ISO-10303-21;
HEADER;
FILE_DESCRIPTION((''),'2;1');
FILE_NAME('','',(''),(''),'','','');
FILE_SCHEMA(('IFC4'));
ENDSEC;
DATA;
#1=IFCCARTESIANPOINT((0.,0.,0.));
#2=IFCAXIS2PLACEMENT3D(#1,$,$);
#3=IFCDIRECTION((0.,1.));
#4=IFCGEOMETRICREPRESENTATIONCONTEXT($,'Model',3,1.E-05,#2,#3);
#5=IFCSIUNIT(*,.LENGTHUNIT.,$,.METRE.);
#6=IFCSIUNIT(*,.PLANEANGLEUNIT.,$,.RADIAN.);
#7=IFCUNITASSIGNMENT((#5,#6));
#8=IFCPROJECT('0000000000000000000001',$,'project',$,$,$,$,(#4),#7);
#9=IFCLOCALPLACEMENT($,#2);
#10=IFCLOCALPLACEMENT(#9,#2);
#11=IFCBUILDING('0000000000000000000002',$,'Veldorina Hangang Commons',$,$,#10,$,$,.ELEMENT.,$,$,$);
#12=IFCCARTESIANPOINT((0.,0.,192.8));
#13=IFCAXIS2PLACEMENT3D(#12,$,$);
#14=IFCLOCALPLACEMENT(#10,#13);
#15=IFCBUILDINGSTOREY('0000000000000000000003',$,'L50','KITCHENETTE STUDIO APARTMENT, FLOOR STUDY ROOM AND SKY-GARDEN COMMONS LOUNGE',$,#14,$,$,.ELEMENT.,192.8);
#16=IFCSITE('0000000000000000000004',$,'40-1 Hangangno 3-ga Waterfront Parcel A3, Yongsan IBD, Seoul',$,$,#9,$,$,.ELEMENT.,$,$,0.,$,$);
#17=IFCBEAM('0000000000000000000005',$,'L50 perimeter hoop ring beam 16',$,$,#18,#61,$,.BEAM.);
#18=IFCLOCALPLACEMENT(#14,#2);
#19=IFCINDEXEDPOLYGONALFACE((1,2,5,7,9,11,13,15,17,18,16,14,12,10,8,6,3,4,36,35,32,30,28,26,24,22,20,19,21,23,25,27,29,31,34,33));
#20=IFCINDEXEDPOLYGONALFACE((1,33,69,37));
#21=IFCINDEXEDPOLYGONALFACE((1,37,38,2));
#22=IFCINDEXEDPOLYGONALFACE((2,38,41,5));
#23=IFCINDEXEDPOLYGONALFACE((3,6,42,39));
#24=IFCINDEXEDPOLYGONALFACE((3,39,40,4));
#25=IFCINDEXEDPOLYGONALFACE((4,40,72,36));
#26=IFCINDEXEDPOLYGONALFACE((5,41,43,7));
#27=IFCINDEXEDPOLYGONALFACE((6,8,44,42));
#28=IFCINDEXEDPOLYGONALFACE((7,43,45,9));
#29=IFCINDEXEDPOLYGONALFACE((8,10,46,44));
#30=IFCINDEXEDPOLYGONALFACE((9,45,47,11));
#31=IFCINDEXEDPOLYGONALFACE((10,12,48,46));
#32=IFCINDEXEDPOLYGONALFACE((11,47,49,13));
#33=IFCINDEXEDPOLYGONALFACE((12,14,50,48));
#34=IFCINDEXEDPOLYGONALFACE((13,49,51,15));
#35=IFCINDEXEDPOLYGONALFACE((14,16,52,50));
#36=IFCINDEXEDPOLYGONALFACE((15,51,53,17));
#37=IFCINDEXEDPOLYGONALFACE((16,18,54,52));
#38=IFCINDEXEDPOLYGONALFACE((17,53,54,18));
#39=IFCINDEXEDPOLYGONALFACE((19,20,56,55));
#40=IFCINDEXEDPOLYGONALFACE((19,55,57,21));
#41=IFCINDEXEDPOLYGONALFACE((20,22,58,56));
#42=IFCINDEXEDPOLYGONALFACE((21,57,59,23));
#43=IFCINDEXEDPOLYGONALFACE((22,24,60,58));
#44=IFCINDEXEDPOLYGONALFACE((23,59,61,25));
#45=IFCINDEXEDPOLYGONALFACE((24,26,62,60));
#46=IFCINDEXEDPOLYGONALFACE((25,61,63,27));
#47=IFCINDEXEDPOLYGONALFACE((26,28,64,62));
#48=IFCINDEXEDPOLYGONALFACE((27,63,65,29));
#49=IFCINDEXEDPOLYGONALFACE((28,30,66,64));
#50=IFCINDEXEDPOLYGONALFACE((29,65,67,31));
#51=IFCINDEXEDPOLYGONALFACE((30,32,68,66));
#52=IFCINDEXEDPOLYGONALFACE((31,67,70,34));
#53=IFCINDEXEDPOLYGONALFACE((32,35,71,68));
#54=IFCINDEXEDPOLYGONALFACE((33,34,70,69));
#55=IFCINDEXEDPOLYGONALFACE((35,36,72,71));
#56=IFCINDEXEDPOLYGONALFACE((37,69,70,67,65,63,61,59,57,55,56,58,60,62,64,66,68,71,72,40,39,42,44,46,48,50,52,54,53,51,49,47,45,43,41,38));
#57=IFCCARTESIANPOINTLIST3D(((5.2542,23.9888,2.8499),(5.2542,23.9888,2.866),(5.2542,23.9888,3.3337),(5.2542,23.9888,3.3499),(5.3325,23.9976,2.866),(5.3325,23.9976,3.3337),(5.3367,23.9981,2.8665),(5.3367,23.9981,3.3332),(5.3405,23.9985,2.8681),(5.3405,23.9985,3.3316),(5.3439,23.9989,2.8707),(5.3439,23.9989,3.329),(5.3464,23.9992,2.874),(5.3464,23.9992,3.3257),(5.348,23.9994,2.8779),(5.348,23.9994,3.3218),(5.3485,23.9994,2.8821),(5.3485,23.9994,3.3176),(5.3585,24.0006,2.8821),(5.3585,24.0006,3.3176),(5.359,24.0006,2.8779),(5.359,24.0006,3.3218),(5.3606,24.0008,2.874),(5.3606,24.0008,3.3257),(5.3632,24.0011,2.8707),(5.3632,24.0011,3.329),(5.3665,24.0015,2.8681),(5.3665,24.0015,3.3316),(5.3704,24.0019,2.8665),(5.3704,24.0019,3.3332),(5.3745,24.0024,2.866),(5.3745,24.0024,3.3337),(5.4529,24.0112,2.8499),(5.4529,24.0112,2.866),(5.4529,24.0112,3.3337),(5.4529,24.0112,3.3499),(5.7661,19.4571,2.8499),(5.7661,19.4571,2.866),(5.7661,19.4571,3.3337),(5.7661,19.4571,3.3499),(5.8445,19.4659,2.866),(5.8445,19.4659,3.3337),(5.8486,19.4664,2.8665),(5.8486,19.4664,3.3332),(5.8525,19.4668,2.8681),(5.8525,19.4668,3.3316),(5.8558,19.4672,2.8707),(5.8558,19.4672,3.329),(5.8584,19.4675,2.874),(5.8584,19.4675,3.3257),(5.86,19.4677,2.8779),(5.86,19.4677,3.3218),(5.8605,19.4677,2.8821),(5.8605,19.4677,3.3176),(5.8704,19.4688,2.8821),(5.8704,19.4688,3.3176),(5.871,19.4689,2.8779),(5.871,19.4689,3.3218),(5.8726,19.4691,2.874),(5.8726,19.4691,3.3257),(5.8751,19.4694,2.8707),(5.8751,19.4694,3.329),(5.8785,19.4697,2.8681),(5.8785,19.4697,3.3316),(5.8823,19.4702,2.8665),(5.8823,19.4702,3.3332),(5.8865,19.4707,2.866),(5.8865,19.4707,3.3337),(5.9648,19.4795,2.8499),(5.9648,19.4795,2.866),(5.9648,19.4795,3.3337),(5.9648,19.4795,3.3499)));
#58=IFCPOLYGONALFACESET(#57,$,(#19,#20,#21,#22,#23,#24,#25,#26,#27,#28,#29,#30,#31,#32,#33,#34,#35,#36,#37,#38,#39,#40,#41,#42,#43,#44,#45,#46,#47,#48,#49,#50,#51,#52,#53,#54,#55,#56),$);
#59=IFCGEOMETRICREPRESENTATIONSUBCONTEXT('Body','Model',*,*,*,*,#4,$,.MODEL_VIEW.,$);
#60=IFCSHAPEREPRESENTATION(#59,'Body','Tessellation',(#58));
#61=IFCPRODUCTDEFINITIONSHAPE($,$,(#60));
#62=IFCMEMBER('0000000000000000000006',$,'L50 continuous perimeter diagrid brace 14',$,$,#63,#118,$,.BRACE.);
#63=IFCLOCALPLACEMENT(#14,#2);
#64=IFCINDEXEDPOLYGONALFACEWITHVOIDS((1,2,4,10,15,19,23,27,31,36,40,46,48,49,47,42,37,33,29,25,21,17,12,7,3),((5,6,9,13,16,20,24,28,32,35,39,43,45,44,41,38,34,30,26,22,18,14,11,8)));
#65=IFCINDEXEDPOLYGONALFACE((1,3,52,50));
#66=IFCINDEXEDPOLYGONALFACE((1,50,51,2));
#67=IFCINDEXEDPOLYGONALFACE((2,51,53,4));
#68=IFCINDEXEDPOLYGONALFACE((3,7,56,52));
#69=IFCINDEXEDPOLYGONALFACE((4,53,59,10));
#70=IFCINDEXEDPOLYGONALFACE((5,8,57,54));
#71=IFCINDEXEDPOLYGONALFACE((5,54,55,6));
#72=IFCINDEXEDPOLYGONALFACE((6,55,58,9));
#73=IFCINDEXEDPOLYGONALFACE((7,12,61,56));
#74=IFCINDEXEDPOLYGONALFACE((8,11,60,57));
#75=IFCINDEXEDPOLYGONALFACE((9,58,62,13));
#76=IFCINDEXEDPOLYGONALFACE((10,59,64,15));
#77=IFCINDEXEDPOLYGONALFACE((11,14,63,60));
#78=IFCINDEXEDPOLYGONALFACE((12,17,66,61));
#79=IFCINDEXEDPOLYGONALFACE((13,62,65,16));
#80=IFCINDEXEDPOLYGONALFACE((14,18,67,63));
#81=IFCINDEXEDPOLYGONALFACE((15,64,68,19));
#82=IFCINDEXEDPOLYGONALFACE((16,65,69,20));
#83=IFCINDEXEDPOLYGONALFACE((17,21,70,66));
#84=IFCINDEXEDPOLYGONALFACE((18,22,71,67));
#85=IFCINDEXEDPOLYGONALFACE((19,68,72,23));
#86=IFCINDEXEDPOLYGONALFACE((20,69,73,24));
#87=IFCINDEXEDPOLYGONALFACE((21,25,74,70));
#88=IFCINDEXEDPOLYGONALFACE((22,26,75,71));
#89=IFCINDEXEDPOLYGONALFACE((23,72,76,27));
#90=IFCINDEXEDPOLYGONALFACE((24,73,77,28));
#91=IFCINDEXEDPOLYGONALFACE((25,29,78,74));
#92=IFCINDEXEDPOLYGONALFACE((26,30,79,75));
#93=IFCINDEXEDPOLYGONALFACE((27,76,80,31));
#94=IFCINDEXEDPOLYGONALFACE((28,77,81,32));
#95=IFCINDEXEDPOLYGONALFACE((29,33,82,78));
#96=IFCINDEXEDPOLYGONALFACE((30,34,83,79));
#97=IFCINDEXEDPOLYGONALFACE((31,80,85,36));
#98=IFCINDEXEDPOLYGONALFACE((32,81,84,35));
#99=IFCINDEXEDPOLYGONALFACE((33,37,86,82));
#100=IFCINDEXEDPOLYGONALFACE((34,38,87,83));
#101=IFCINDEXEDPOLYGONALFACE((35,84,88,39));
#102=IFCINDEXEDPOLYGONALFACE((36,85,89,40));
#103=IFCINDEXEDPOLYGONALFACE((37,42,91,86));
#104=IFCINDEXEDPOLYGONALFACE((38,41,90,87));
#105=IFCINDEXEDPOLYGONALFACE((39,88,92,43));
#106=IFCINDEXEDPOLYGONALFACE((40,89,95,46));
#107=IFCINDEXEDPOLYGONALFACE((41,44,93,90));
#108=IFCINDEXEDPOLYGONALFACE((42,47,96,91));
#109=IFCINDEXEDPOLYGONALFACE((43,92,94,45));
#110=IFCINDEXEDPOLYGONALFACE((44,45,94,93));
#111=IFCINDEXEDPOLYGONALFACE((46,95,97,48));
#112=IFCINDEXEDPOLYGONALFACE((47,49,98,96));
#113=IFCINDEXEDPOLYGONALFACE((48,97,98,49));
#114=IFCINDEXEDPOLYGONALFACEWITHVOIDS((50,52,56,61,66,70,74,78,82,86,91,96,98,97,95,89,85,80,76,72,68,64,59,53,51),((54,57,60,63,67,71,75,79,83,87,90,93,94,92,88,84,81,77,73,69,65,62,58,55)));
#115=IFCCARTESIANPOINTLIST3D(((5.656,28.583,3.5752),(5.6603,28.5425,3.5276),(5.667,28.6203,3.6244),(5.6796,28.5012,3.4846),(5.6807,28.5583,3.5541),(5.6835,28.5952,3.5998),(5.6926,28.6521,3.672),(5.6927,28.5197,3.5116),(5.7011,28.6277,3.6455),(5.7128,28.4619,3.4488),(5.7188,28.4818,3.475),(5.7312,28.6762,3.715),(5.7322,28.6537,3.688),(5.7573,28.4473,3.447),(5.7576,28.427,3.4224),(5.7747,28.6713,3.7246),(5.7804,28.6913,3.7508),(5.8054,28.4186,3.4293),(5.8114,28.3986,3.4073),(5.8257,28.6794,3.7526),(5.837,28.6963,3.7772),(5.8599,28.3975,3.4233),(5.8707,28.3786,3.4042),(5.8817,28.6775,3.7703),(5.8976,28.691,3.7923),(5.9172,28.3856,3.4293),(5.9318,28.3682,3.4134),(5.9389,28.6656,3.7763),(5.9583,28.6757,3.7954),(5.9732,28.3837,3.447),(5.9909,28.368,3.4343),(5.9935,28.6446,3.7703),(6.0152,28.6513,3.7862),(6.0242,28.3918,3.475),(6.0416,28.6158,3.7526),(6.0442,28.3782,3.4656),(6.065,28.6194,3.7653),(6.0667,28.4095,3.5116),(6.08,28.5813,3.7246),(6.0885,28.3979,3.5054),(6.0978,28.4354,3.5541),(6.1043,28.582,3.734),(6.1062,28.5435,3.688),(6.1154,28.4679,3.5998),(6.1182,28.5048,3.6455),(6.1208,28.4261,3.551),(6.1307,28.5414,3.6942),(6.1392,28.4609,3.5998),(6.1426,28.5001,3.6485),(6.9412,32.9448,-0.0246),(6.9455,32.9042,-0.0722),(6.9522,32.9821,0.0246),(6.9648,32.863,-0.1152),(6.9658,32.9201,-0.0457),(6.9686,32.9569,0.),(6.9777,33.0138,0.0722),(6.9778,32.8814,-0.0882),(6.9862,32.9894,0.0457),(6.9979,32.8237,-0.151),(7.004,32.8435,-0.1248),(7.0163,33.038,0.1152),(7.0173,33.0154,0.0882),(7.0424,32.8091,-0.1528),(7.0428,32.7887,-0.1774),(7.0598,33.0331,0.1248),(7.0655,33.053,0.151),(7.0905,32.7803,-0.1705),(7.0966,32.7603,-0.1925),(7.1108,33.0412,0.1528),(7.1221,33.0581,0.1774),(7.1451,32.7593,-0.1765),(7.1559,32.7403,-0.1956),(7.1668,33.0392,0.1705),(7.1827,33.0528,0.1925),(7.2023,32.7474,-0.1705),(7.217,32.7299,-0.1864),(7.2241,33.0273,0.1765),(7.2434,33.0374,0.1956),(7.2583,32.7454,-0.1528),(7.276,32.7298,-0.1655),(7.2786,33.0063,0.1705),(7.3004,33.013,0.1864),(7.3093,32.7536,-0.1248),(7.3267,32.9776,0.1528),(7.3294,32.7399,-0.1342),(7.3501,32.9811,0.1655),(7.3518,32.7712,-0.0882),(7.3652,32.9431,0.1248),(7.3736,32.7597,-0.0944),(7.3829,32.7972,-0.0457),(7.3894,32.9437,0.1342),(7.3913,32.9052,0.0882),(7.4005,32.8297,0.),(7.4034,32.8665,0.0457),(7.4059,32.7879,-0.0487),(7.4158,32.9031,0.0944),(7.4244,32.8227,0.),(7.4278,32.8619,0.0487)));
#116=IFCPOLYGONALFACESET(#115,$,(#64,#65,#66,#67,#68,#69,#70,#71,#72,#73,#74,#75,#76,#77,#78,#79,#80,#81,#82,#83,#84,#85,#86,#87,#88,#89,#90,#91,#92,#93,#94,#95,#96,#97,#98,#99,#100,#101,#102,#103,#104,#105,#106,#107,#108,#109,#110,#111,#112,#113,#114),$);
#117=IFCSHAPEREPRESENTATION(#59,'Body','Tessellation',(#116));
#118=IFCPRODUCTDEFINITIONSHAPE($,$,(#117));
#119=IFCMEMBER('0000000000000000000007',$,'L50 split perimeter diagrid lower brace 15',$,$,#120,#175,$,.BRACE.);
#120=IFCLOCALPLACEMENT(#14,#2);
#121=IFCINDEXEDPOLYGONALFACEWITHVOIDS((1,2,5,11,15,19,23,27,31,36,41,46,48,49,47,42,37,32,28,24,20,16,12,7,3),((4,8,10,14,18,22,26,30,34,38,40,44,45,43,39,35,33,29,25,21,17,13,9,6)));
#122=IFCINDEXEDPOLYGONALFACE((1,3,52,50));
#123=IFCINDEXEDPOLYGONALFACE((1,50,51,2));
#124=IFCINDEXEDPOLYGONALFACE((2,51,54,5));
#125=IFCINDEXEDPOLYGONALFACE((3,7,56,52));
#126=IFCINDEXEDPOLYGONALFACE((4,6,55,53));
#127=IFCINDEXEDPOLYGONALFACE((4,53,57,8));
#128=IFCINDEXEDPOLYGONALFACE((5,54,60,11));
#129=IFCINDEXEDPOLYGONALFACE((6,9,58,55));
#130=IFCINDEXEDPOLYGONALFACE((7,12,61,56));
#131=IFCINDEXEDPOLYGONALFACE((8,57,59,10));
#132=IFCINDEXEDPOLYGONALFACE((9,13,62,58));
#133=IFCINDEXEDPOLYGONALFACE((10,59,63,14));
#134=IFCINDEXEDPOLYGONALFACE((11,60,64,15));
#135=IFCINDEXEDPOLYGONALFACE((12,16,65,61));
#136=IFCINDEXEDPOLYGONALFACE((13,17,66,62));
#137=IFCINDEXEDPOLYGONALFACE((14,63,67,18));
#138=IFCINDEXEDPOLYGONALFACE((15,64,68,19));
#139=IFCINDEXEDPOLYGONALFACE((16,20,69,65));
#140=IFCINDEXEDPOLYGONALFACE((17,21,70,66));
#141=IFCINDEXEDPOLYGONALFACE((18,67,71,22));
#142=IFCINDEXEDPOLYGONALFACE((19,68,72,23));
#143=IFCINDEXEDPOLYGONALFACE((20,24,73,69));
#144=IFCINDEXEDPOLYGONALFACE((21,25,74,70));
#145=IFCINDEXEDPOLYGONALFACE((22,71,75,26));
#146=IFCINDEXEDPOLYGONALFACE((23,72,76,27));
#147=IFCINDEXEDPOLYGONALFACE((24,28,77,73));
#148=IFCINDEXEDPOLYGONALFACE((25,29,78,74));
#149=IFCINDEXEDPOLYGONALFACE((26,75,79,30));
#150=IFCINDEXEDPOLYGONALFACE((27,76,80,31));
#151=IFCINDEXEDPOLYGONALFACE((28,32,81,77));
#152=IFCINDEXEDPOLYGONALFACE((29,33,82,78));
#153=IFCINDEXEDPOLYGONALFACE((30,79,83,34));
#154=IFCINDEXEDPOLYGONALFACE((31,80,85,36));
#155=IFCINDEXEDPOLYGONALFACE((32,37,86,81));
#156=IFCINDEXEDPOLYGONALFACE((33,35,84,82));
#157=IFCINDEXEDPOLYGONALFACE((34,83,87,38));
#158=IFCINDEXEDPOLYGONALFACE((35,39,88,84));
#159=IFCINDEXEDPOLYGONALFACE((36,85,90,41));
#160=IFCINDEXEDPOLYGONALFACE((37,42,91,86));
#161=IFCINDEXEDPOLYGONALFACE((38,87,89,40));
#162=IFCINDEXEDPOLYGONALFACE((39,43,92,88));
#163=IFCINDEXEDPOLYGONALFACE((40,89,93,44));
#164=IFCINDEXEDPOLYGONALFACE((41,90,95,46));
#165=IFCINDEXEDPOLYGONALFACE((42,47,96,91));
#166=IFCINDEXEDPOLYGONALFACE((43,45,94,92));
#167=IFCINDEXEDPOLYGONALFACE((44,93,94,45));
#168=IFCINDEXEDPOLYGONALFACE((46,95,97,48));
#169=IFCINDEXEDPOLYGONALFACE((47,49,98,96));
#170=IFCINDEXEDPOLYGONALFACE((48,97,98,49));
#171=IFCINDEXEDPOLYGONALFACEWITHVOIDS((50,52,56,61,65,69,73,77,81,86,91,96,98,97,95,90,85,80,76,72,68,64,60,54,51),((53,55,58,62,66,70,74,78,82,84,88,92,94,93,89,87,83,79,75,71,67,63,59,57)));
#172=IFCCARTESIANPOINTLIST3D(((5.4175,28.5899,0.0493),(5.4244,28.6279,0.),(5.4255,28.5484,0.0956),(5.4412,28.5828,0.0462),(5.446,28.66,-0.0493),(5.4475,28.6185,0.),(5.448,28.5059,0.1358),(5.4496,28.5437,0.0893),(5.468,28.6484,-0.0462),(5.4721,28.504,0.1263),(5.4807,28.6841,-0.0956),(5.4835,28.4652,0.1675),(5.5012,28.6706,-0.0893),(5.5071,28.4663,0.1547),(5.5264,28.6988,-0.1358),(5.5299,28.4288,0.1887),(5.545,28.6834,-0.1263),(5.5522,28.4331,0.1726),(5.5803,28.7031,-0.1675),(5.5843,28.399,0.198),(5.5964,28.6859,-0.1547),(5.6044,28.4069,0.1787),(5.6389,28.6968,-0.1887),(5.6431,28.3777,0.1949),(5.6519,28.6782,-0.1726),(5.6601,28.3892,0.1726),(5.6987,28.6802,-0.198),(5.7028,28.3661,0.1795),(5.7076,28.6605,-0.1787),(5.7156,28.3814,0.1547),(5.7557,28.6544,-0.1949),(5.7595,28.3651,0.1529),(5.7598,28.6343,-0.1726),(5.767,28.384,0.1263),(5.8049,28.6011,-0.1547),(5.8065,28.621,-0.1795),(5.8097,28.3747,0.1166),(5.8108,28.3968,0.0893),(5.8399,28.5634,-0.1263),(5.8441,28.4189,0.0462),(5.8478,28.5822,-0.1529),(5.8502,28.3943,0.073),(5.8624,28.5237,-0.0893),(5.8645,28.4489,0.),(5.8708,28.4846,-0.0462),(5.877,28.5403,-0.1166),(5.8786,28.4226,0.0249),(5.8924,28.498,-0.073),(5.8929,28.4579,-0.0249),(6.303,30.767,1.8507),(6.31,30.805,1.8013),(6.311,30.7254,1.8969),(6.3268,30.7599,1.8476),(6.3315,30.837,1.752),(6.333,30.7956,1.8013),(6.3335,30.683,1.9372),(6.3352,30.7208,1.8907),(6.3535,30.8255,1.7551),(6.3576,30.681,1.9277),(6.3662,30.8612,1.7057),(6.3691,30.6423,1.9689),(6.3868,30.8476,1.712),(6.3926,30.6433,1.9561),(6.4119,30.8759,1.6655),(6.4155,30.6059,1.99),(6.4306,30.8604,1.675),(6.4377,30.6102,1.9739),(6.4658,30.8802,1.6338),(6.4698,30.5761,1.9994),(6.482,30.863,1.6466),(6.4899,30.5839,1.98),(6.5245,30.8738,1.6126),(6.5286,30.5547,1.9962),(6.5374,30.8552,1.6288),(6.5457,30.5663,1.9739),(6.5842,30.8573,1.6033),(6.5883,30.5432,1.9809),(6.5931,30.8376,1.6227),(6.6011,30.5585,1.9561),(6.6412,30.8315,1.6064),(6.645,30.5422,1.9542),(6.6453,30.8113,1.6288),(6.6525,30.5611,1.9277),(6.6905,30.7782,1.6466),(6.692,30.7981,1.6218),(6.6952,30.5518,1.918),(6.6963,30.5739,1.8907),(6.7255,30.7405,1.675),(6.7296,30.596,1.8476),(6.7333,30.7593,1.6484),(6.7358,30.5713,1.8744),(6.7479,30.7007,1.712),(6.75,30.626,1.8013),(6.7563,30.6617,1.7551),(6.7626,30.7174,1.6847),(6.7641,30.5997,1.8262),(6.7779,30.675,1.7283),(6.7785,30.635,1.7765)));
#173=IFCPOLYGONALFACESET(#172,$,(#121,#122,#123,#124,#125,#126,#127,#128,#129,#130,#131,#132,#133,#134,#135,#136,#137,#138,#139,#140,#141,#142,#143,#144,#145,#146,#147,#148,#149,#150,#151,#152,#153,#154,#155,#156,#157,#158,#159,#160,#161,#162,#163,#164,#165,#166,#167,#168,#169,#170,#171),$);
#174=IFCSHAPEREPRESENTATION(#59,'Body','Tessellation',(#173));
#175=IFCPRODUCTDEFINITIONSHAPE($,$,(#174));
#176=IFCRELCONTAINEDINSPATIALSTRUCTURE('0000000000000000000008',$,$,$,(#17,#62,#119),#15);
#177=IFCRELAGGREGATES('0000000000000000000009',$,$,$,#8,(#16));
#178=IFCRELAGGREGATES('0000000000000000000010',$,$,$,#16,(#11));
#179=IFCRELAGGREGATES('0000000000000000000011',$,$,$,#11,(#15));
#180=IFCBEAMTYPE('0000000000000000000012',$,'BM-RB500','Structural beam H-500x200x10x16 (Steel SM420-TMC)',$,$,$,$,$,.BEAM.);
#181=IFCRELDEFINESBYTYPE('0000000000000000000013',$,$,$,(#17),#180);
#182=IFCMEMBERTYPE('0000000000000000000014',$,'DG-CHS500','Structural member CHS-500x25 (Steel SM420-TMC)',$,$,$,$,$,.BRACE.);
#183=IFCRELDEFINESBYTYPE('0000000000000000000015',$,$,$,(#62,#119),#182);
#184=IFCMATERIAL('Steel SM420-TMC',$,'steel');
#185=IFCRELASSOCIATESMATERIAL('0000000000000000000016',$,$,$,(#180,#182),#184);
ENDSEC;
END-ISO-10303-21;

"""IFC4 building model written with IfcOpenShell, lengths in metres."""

from ifc_helpers import new_model, si_unit, direction, frame, origin, origin_2d, place, context, subcontext, project, spatial, hollow_circle, i_section, extrude, material, material_profile, profile_set, type_object, element, save


model = new_model("IFC4")

# Units and contexts
model_context = context("Model", 3, precision=1e-05, world=origin(), true_north=direction((0.0, 1.0)))
body_context = subcontext(model_context, "Body", "Model", "MODEL_VIEW")
ifc_project = project(units=[si_unit("LENGTHUNIT", "METRE"), si_unit("PLANEANGLEUNIT", "RADIAN")], contexts=[model_context])

# Site, building, storey
site_placement = place(None, origin())
site = spatial("IfcSite", under=ifc_project, at=site_placement, Name="40-1 Hangangno 3-ga Waterfront Parcel A3, Yongsan IBD, Seoul", CompositionType="ELEMENT", RefElevation=0.0)
building_placement = place(site_placement, origin())
building = spatial("IfcBuilding", under=site, at=building_placement, Name="Veldorina Hangang Commons", CompositionType="ELEMENT")
storey_placement = place(building_placement, frame((0.0, 0.0, 192.8)))
storey = spatial("IfcBuildingStorey", under=building, at=storey_placement, Name="L50", Description="KITCHENETTE STUDIO APARTMENT, FLOOR STUDY ROOM AND SKY-GARDEN COMMONS LOUNGE", CompositionType="ELEMENT", Elevation=192.8)

# Beam
ifc_material_1 = material(Name="Steel SM420-TMC", Category="steel")
ifc_material_profile_1 = material_profile(ifc_material_1, i_section(OverallWidth=0.2, OverallDepth=0.5, WebThickness=0.01, FlangeThickness=0.0161, FilletRadius=0.0161, at=origin_2d()), Name="H-500x200x10x16")
ifc_profile_set_1 = profile_set([ifc_material_profile_1], Name="Steel SM420-TMC")
beam_type_1 = type_object("IfcBeamType", Name="BM-RB500", Description="Structural beam H-500x200x10x16 (Steel SM420-TMC)", PredefinedType="BEAM", material=ifc_profile_set_1)
for number, where, z_axis, x_axis, name in (
    (1, (5.3535, 24.0, 3.0999), (0.112259, -0.993679, 0.0), (0.993679, 0.112259, 0.0), "L50 perimeter hoop ring beam 16"),
):
    element("IfcBeam", number, at=place(storey_placement, frame(where, z_axis=z_axis, x_axis=x_axis)), inside=storey, type_object=beam_type_1, Name=name, PredefinedType="BEAM", context=body_context, shape_type="SweptSolid", body=[
        extrude(i_section(OverallWidth=0.2, OverallDepth=0.5, WebThickness=0.01, FlangeThickness=0.0161, FilletRadius=0.0161, at=origin_2d()), origin(), (0.0, 0.0, 1.0), 4.5605),
    ])

# Members
ifc_material_profile_2 = material_profile(ifc_material_1, hollow_circle(Radius=0.25, WallThickness=0.0249, at=origin_2d()), Name="CHS-500x25")
ifc_profile_set_2 = profile_set([ifc_material_profile_2], Name="Steel SM420-TMC")
member_type = type_object("IfcMemberType", Name="DG-CHS500", Description="Structural member CHS-500x25 (Steel SM420-TMC)", PredefinedType="BRACE", material=ifc_profile_set_2)
member_1_placement = place(storey_placement, frame((7.1846, 32.8933, 0.0), z_axis=(-0.221592, -0.752082, 0.620701), x_axis=(0.95923, -0.282626, 0.0)))
element("IfcMember", 2, at=member_1_placement, inside=storey, type_object=member_type, Name="L50 continuous perimeter diagrid brace 14", PredefinedType="BRACE", context=body_context, shape_type="SweptSolid", body=[
    extrude(hollow_circle(Radius=0.25, WallThickness=0.0249, at=origin_2d()), origin(), (0.0, 0.0, 1.0), 5.7996),
])
member_2_placement = place(storey_placement, frame((5.656, 28.5337, 0.0), z_axis=(0.299045, 0.735204, 0.608314), x_axis=(-0.926305, 0.376775, 0.0)))
element("IfcMember", 3, at=member_2_placement, inside=storey, type_object=member_type, Name="L50 split perimeter diagrid lower brace 15", PredefinedType="BRACE", context=body_context, shape_type="SweptSolid", body=[
    extrude(hollow_circle(Radius=0.25, WallThickness=0.0249, at=origin_2d()), origin(), (0.0, 0.0, 1.0), 2.9612),
])

save(model, "model.ifc")
